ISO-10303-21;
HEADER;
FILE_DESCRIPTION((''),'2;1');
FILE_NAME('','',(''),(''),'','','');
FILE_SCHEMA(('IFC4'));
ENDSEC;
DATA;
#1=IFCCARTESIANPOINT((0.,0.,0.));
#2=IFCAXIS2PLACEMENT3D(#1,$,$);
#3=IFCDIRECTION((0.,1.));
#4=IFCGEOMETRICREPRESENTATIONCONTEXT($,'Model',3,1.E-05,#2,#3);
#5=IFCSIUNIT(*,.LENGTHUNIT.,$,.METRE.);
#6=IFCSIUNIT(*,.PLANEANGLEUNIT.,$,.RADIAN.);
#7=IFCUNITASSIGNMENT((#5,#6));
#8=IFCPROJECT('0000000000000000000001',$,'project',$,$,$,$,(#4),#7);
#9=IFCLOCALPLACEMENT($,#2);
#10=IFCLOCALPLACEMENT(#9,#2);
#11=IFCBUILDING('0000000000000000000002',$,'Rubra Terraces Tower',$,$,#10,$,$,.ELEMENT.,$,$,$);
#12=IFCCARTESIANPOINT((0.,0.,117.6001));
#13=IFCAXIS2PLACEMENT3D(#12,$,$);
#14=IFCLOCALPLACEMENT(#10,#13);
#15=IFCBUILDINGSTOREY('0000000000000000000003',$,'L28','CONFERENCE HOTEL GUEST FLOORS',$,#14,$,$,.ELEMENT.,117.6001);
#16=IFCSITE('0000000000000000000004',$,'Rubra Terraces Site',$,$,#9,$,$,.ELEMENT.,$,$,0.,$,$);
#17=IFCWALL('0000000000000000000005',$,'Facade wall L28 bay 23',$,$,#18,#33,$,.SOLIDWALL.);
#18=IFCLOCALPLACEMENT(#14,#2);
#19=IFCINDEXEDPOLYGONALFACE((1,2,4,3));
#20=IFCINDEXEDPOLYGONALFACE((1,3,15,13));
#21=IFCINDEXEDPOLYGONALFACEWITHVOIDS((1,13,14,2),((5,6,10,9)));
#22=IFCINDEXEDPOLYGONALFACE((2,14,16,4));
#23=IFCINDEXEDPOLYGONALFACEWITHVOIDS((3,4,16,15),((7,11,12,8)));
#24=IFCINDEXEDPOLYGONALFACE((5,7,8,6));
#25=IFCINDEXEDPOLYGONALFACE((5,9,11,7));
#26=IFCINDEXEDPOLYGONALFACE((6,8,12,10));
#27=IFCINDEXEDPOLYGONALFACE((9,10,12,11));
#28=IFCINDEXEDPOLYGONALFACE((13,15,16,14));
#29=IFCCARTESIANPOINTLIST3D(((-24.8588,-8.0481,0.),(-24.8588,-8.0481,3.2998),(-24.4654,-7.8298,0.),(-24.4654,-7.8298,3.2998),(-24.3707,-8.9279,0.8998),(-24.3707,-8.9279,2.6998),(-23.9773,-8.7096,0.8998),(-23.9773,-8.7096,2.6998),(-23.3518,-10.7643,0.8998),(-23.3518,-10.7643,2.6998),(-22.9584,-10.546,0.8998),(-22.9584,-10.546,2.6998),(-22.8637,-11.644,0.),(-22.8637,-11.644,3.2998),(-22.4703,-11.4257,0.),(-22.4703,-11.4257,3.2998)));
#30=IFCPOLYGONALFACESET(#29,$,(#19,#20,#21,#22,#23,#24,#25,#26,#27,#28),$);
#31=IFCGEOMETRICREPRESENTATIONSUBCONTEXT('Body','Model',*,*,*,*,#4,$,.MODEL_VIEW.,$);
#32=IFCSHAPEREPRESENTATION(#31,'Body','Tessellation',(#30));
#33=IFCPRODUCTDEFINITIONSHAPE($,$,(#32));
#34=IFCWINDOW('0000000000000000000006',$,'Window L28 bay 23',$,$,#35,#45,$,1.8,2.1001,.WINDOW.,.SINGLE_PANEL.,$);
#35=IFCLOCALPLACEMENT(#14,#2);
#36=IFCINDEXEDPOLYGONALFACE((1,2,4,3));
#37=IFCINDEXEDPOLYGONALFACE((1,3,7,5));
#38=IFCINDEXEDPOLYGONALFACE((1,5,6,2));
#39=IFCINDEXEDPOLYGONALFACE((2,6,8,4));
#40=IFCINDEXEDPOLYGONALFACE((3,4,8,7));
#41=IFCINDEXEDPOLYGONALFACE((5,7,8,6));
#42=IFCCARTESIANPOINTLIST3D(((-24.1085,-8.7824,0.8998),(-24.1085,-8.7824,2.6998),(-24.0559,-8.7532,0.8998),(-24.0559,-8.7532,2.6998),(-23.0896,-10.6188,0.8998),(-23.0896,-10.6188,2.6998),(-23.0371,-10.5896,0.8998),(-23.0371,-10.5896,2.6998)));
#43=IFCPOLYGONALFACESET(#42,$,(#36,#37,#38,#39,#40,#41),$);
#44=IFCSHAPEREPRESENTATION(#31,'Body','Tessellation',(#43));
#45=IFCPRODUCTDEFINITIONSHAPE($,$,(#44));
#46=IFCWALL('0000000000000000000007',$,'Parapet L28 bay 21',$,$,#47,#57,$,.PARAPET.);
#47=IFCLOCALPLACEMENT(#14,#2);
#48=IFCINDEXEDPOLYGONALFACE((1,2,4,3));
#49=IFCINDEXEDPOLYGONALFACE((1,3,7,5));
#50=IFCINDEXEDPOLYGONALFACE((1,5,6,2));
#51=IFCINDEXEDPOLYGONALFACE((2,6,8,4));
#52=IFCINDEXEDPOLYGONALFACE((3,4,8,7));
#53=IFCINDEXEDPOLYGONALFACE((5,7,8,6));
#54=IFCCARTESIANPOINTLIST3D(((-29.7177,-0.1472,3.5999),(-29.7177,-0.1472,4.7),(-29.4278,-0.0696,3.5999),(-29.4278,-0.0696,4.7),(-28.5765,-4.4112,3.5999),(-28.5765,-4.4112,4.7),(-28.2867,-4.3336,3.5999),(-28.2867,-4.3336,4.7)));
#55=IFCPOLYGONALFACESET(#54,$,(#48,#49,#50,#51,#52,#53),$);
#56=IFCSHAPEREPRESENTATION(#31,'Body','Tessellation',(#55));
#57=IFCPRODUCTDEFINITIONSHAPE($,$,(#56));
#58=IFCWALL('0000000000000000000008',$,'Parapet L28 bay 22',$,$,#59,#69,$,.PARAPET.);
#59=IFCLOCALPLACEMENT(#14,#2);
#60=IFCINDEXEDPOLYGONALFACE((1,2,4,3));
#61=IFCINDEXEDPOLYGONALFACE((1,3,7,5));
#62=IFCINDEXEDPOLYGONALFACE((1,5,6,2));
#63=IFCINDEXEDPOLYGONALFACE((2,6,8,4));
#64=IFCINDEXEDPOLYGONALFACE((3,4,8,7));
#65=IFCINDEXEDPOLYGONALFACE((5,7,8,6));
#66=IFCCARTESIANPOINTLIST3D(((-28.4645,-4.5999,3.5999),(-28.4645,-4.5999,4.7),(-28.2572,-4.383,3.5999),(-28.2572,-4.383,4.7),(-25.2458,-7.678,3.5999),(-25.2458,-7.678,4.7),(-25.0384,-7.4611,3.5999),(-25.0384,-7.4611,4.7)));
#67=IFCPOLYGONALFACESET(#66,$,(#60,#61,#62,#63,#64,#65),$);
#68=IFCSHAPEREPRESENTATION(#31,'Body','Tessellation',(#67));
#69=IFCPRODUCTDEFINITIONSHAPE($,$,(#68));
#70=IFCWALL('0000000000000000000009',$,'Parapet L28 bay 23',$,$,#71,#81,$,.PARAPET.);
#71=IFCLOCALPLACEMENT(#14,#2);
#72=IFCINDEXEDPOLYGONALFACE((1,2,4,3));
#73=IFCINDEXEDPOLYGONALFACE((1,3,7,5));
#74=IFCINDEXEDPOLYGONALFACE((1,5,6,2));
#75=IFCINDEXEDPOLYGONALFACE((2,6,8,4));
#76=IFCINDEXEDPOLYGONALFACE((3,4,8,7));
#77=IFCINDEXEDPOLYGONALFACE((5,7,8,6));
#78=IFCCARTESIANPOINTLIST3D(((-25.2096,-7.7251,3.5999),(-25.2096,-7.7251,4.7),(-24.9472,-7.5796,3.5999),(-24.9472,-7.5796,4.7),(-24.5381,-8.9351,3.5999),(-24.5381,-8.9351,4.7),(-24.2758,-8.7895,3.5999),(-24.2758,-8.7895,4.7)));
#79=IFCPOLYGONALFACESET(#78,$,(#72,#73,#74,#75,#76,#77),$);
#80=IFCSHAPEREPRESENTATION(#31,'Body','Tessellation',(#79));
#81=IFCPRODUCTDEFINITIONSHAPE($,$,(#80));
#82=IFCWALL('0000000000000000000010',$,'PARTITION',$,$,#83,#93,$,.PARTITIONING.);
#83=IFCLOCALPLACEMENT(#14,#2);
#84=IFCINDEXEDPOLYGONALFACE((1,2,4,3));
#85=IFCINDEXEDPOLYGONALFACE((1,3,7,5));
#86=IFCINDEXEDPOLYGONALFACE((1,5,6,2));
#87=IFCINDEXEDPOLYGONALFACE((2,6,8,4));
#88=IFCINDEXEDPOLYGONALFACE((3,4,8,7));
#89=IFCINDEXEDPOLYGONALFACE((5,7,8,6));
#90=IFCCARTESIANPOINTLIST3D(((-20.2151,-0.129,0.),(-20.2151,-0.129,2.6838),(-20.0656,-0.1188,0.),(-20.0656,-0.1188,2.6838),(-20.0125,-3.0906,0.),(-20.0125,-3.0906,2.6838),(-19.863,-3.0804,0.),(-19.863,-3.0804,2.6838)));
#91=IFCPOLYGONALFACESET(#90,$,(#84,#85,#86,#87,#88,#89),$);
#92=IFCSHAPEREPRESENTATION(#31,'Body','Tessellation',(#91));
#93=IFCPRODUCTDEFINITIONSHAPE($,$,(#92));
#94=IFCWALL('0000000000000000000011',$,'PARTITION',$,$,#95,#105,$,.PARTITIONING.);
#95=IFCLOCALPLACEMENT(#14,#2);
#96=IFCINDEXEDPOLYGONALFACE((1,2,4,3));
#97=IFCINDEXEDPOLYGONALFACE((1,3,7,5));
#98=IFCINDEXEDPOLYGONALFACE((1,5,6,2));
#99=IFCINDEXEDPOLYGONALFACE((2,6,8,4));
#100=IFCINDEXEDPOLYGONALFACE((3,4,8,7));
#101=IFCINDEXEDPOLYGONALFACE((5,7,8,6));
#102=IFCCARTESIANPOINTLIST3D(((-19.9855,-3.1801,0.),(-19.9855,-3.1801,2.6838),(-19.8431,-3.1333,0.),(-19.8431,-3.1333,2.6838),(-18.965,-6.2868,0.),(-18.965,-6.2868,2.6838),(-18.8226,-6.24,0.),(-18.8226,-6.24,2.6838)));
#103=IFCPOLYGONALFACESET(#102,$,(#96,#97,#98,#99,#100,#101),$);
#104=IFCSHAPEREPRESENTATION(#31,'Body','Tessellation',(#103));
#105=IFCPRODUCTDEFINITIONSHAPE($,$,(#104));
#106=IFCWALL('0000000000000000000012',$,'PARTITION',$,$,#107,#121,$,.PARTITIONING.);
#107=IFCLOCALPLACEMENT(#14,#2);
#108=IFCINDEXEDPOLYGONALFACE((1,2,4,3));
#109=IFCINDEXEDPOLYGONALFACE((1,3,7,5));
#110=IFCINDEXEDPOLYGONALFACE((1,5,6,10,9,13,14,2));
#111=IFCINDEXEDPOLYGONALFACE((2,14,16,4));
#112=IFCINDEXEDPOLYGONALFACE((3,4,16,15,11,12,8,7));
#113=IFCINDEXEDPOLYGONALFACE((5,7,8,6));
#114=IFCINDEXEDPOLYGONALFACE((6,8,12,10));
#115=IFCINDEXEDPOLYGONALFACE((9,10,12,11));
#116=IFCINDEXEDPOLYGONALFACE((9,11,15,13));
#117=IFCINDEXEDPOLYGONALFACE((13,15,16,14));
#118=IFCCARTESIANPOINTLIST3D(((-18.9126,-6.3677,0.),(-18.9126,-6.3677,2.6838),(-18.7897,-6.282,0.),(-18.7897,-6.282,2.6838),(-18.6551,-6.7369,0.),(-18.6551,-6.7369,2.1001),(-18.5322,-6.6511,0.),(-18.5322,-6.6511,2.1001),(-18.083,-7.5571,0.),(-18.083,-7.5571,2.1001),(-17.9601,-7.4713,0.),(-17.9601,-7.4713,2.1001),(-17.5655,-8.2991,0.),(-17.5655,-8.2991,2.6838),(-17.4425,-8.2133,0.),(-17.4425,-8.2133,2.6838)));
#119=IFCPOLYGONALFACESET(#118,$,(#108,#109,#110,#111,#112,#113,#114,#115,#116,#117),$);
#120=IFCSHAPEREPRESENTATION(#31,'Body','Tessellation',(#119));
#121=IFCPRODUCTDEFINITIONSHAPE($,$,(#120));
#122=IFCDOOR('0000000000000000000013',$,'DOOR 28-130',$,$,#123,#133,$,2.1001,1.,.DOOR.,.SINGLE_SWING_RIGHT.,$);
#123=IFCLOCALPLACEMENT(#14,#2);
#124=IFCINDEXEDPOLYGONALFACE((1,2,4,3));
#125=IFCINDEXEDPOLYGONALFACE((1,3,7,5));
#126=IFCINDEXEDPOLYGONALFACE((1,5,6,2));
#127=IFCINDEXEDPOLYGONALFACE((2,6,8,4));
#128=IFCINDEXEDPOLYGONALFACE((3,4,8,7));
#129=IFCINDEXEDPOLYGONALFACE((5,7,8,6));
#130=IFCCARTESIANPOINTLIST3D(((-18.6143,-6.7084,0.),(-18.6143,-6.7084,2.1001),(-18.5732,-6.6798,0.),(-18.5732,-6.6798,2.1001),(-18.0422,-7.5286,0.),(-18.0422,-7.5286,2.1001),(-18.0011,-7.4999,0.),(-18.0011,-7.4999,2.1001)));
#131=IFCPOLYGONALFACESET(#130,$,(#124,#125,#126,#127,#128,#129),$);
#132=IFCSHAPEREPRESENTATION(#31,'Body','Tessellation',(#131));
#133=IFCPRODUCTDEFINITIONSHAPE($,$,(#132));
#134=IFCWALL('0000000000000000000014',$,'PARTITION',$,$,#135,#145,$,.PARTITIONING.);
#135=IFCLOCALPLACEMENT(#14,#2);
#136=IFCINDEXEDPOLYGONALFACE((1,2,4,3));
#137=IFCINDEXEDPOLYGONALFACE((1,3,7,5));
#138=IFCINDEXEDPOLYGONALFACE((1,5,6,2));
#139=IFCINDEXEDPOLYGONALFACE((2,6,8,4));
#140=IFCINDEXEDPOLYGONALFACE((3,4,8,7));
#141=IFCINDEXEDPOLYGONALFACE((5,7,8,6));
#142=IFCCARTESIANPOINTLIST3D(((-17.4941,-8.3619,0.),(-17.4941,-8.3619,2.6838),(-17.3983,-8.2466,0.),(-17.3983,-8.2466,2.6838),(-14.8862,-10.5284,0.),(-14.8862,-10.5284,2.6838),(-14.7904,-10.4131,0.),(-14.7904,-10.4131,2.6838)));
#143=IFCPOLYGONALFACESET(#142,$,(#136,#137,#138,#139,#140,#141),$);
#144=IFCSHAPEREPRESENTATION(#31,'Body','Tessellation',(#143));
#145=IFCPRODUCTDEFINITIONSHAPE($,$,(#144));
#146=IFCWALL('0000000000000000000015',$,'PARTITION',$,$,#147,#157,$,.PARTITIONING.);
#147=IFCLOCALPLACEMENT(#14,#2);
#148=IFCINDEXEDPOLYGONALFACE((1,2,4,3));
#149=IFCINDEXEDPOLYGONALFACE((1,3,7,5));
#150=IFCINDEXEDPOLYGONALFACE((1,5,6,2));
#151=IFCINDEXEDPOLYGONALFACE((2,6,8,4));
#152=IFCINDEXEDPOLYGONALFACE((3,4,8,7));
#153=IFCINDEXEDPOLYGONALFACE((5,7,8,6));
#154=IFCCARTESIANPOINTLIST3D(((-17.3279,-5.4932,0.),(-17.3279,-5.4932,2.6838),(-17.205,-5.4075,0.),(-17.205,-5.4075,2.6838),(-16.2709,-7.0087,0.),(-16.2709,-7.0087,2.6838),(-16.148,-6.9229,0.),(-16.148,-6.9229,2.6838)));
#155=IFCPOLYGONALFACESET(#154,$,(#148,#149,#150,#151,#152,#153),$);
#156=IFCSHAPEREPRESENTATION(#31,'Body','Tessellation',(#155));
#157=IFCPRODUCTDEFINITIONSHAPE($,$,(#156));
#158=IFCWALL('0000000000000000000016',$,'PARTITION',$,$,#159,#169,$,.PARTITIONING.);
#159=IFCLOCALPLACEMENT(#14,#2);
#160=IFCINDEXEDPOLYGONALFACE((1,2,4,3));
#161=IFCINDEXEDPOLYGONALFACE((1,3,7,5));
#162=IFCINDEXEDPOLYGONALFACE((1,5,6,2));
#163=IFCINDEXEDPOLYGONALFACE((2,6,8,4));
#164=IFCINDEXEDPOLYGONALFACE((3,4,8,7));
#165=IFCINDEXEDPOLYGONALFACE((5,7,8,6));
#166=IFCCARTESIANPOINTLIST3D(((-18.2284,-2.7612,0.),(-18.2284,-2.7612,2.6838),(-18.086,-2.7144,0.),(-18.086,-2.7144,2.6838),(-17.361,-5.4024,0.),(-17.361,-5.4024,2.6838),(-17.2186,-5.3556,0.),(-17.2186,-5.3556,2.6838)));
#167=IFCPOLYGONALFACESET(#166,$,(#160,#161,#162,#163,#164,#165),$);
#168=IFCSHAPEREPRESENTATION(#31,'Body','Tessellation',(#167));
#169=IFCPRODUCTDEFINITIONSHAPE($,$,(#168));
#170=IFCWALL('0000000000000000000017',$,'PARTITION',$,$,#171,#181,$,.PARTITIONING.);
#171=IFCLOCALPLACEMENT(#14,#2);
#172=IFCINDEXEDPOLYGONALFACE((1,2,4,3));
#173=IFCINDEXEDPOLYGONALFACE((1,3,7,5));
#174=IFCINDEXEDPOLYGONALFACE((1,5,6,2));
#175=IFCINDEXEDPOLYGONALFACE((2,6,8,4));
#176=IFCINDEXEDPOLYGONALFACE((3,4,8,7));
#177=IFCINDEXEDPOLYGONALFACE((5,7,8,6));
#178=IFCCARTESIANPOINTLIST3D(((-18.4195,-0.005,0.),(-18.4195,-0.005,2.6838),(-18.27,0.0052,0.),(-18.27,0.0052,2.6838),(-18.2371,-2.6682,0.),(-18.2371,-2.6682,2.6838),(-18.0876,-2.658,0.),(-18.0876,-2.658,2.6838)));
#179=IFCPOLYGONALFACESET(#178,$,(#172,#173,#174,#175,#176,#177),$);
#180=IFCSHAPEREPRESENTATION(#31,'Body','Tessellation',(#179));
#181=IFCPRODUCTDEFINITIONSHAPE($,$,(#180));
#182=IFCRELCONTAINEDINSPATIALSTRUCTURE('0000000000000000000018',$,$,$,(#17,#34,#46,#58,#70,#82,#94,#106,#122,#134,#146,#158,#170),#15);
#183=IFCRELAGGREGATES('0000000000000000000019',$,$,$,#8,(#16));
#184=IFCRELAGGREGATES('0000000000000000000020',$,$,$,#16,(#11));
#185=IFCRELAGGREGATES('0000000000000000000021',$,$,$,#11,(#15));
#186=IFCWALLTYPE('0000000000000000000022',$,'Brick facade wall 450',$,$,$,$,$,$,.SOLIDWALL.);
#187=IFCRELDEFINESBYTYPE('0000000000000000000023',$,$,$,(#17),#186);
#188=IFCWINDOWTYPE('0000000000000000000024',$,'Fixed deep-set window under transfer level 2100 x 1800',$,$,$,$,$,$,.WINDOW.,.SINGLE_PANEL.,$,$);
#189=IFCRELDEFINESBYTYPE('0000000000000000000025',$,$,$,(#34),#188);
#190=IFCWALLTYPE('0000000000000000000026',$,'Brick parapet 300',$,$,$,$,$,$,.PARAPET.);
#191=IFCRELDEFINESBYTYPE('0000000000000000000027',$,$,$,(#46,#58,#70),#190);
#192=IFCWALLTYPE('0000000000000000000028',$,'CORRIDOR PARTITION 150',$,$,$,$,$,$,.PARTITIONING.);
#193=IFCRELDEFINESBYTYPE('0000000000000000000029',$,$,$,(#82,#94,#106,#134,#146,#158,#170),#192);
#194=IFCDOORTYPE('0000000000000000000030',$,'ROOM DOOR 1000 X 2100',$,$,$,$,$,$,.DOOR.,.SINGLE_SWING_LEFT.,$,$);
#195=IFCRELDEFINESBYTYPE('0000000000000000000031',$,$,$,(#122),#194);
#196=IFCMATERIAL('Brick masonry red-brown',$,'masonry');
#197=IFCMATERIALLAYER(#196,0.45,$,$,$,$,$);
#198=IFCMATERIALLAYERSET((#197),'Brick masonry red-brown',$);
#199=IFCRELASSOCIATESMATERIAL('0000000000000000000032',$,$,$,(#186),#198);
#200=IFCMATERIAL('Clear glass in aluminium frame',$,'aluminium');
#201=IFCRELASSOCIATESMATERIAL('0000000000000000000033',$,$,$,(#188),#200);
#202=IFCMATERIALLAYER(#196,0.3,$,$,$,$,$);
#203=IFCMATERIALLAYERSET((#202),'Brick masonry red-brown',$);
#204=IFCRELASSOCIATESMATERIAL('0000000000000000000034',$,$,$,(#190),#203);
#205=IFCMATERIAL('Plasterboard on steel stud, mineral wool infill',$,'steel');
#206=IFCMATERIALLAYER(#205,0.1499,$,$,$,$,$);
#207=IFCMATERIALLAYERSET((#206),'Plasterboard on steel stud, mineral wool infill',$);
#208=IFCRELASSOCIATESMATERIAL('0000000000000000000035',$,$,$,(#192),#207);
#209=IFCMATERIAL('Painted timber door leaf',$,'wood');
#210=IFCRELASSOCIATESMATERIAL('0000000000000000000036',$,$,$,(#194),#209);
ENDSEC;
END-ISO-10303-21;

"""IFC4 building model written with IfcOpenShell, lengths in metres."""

from ifc_helpers import new_model, si_unit, direction, frame, frame_2d, origin, place, context, subcontext, project, spatial, rectangle, extrude, material, layer, layer_set, type_object, element, fill, save


model = new_model("IFC4")

# Units and contexts
model_context = context("Model", 3, precision=1e-05, world=origin(), true_north=direction((0.0, 1.0)))
body_context = subcontext(model_context, "Body", "Model", "MODEL_VIEW")
ifc_project = project(units=[si_unit("LENGTHUNIT", "METRE"), si_unit("PLANEANGLEUNIT", "RADIAN")], contexts=[model_context])

# Site, building, storey
site_placement = place(None, origin())
site = spatial("IfcSite", under=ifc_project, at=site_placement, Name="Rubra Terraces Site", CompositionType="ELEMENT", RefElevation=0.0)
building_placement = place(site_placement, origin())
building = spatial("IfcBuilding", under=site, at=building_placement, Name="Rubra Terraces Tower", CompositionType="ELEMENT")
storey_placement = place(building_placement, frame((0.0, 0.0, 117.6001)))
storey = spatial("IfcBuildingStorey", under=building, at=storey_placement, Name="L28", Description="CONFERENCE HOTEL GUEST FLOORS", CompositionType="ELEMENT", Elevation=117.6001)

# Wall, opening, window
ifc_material_1 = material(Name="Brick masonry red-brown", Category="masonry")
ifc_layer_1 = layer(ifc_material_1, 0.45)
ifc_layer_set_1 = layer_set([ifc_layer_1], Name="Brick masonry red-brown")
wall_type_1 = type_object("IfcWallType", Name="Brick facade wall 450", PredefinedType="SOLIDWALL", material=ifc_layer_set_1)
ifc_material_2 = material(Name="Clear glass in aluminium frame", Category="aluminium")
window_type = type_object("IfcWindowType", Name="Fixed deep-set window under transfer level 2100 x 1800", PartitioningType="SINGLE_PANEL", PredefinedType="WINDOW", material=ifc_material_2)
wall_1_placement = place(storey_placement, frame((-24.6621, -7.939, 0.0), z_axis=(0.0, 0.0, 1.0), x_axis=(0.485154, -0.874429, 0.0)))
wall_1 = element("IfcWall", 1, at=wall_1_placement, inside=storey, type_object=wall_type_1, Name="Facade wall L28 bay 23", PredefinedType="SOLIDWALL", context=body_context, shape_type="SweptSolid", body=[
    extrude(rectangle(XDim=4.1123, YDim=0.45, at=frame_2d((2.0562, 0.0))), origin(), (0.0, 0.0, 1.0), 3.2998),
])
opening_1_placement = place(wall_1_placement, frame((1.0061, 0.0, 0.8999)))
opening_1 = element("IfcOpeningElement", 2, at=opening_1_placement, cuts=wall_1, PredefinedType="OPENING", context=body_context, shape_type="SweptSolid", body=[
    extrude(rectangle(XDim=2.1001, YDim=1.8, at=frame_2d((1.05, 0.8999))), frame((0.0, 0.2349, 0.0), z_axis=(0.0, -1.0, 0.0), x_axis=(1.0, 0.0, 0.0)), (0.0, 0.0, 1.0), 0.47),
])
window_1_placement = place(opening_1_placement, origin())
window_1 = element("IfcWindow", 3, at=window_1_placement, inside=storey, type_object=window_type, Name="Window L28 bay 23", OverallHeight=1.8, OverallWidth=2.1001, PartitioningType="SINGLE_PANEL", PredefinedType="WINDOW", context=body_context, shape_type="SweptSolid", body=[
    extrude(rectangle(XDim=2.1001, YDim=1.8, at=frame_2d((1.05, 0.8999))), frame((0.0, 0.135, 0.0), z_axis=(0.0, -1.0, 0.0), x_axis=(1.0, 0.0, 0.0)), (0.0, 0.0, 1.0), 0.0601),
])
fill(opening_1, window_1)

# Walls
ifc_layer_2 = layer(ifc_material_1, 0.3)
ifc_layer_set_2 = layer_set([ifc_layer_2], Name="Brick masonry red-brown")
wall_type_2 = type_object("IfcWallType", Name="Brick parapet 300", PredefinedType="PARAPET", material=ifc_layer_set_2)
wall_2_placement = place(storey_placement, frame((-29.5728, -0.1084, 3.5999), z_axis=(0.0, 0.0, 1.0), x_axis=(0.258523, -0.966005, 0.0)))
element("IfcWall", 4, at=wall_2_placement, inside=storey, type_object=wall_type_2, Name="Parapet L28 bay 21", PredefinedType="PARAPET", context=body_context, shape_type="SweptSolid", body=[
    extrude(rectangle(XDim=4.4141, YDim=0.3, at=frame_2d((2.207, 0.0))), origin(), (0.0, 0.0, 1.0), 1.1001),
])
wall_3_placement = place(storey_placement, frame((-28.3608, -4.4915, 3.5999), z_axis=(0.0, 0.0, 1.0), x_axis=(0.722718, -0.691143, 0.0)))
element("IfcWall", 5, at=wall_3_placement, inside=storey, type_object=wall_type_2, Name="Parapet L28 bay 22", PredefinedType="PARAPET", context=body_context, shape_type="SweptSolid", body=[
    extrude(rectangle(XDim=4.4536, YDim=0.3, at=frame_2d((2.2268, 0.0))), origin(), (0.0, 0.0, 1.0), 1.1001),
])
wall_4_placement = place(storey_placement, frame((-25.0784, -7.6523, 3.5999), z_axis=(0.0, 0.0, 1.0), x_axis=(0.485193, -0.874407, 0.0)))
element("IfcWall", 6, at=wall_4_placement, inside=storey, type_object=wall_type_2, Name="Parapet L28 bay 23", PredefinedType="PARAPET", context=body_context, shape_type="SweptSolid", body=[
    extrude(rectangle(XDim=1.3838, YDim=0.3, at=frame_2d((0.6919, 0.0))), origin(), (0.0, 0.0, 1.0), 1.1001),
])
ifc_material_3 = material(Name="Plasterboard on steel stud, mineral wool infill", Category="steel")
ifc_layer_3 = layer(ifc_material_3, 0.1499)
ifc_layer_set_3 = layer_set([ifc_layer_3], Name="Plasterboard on steel stud, mineral wool infill")
wall_type_3 = type_object("IfcWallType", Name="CORRIDOR PARTITION 150", PredefinedType="PARTITIONING", material=ifc_layer_set_3)
wall_5_placement = place(storey_placement, frame((-20.1404, -0.1238, 0.0), z_axis=(0.0, 0.0, 1.0), x_axis=(0.06826, -0.997668, 0.0)))
element("IfcWall", 7, at=wall_5_placement, inside=storey, type_object=wall_type_3, Name="PARTITION", PredefinedType="PARTITIONING", context=body_context, shape_type="SweptSolid", body=[
    extrude(rectangle(XDim=2.9685, YDim=0.1499, at=frame_2d((1.4844, 0.0))), origin(), (0.0, 0.0, 1.0), 2.6838),
])
wall_6_placement = place(storey_placement, frame((-19.9143, -3.1567, 0.0), z_axis=(0.0, 0.0, 1.0), x_axis=(0.312081, -0.950055, 0.0)))
element("IfcWall", 8, at=wall_6_placement, inside=storey, type_object=wall_type_3, Name="PARTITION", PredefinedType="PARTITIONING", context=body_context, shape_type="SweptSolid", body=[
    extrude(rectangle(XDim=3.27, YDim=0.1499, at=frame_2d((1.635, 0.0))), origin(), (0.0, 0.0, 1.0), 2.6838),
])

# Wall, opening, door
wall_7_placement = place(storey_placement, frame((-18.8511, -6.325, 0.0), z_axis=(0.0, 0.0, 1.0), x_axis=(0.572091, -0.82019, 0.0)))
wall_7 = element("IfcWall", 9, at=wall_7_placement, inside=storey, type_object=wall_type_3, Name="PARTITION", PredefinedType="PARTITIONING", context=body_context, shape_type="SweptSolid", body=[
    extrude(rectangle(XDim=2.3547, YDim=0.1499, at=frame_2d((1.1772, 0.0))), origin(), (0.0, 0.0, 1.0), 2.6838),
])
opening_2_placement = place(wall_7_placement, frame((0.45, 0.0, 0.0)))
opening_2 = element("IfcOpeningElement", 10, at=opening_2_placement, cuts=wall_7, PredefinedType="OPENING", context=body_context, shape_type="SweptSolid", body=[
    extrude(rectangle(XDim=1.0, YDim=2.1001, at=frame_2d((0.5, 1.05))), frame((0.0, 0.085, 0.0), z_axis=(0.0, -1.0, 0.0), x_axis=(1.0, 0.0, 0.0)), (0.0, 0.0, 1.0), 0.1699),
])
ifc_material_4 = material(Name="Painted timber door leaf", Category="wood")
door_type_1 = type_object("IfcDoorType", Name="ROOM DOOR 1000 X 2100", OperationType="SINGLE_SWING_LEFT", PredefinedType="DOOR", material=ifc_material_4)
door_1_placement = place(opening_2_placement, origin())
door_1 = element("IfcDoor", 11, at=door_1_placement, inside=storey, type_object=door_type_1, Name="DOOR 28-130", OperationType="SINGLE_SWING_RIGHT", OverallHeight=2.1001, OverallWidth=1.0, PredefinedType="DOOR", context=body_context, shape_type="SweptSolid", body=[
    extrude(rectangle(XDim=1.0, YDim=2.1001, at=frame_2d((0.5, 1.05))), frame((0.0, 0.0249, 0.0), z_axis=(0.0, -1.0, 0.0), x_axis=(1.0, 0.0, 0.0)), (0.0, 0.0, 1.0), 0.05),
])
fill(opening_2, door_1)

# Walls
wall_8_placement = place(storey_placement, frame((-17.4463, -8.3042, 0.0), z_axis=(0.0, 0.0, 1.0), x_axis=(0.7692, -0.639008, 0.0)))
element("IfcWall", 12, at=wall_8_placement, inside=storey, type_object=wall_type_3, Name="PARTITION", PredefinedType="PARTITIONING", context=body_context, shape_type="SweptSolid", body=[
    extrude(rectangle(XDim=3.3904, YDim=0.1499, at=frame_2d((1.6953, 0.0))), origin(), (0.0, 0.0, 1.0), 2.6838),
])
wall_9_placement = place(storey_placement, frame((-16.2095, -6.9658, 0.0), z_axis=(0.0, 0.0, 1.0), x_axis=(-0.572051, 0.820218, 0.0)))
element("IfcWall", 13, at=wall_9_placement, inside=storey, type_object=wall_type_3, Name="PARTITION", PredefinedType="PARTITIONING", context=body_context, shape_type="SweptSolid", body=[
    extrude(rectangle(XDim=1.8477, YDim=0.1499, at=frame_2d((0.9238, 0.0))), origin(), (0.0, 0.0, 1.0), 2.6838),
])
wall_10_placement = place(storey_placement, frame((-17.2898, -5.3792, 0.0), z_axis=(0.0, 0.0, 1.0), x_axis=(-0.312009, 0.950079, 0.0)))
element("IfcWall", 14, at=wall_10_placement, inside=storey, type_object=wall_type_3, Name="PARTITION", PredefinedType="PARTITIONING", context=body_context, shape_type="SweptSolid", body=[
    extrude(rectangle(XDim=2.78, YDim=0.1499, at=frame_2d((1.3901, 0.0))), origin(), (0.0, 0.0, 1.0), 2.6838),
])
wall_11_placement = place(storey_placement, frame((-18.1624, -2.6631, 0.0), z_axis=(0.0, 0.0, 1.0), x_axis=(-0.068322, 0.997663, 0.0)))
element("IfcWall", 15, at=wall_11_placement, inside=storey, type_object=wall_type_3, Name="PARTITION", PredefinedType="PARTITIONING", context=body_context, shape_type="SweptSolid", body=[
    extrude(rectangle(XDim=2.6694, YDim=0.1499, at=frame_2d((1.3347, 0.0))), origin(), (0.0, 0.0, 1.0), 2.6838),
])

save(model, "model.ifc")
